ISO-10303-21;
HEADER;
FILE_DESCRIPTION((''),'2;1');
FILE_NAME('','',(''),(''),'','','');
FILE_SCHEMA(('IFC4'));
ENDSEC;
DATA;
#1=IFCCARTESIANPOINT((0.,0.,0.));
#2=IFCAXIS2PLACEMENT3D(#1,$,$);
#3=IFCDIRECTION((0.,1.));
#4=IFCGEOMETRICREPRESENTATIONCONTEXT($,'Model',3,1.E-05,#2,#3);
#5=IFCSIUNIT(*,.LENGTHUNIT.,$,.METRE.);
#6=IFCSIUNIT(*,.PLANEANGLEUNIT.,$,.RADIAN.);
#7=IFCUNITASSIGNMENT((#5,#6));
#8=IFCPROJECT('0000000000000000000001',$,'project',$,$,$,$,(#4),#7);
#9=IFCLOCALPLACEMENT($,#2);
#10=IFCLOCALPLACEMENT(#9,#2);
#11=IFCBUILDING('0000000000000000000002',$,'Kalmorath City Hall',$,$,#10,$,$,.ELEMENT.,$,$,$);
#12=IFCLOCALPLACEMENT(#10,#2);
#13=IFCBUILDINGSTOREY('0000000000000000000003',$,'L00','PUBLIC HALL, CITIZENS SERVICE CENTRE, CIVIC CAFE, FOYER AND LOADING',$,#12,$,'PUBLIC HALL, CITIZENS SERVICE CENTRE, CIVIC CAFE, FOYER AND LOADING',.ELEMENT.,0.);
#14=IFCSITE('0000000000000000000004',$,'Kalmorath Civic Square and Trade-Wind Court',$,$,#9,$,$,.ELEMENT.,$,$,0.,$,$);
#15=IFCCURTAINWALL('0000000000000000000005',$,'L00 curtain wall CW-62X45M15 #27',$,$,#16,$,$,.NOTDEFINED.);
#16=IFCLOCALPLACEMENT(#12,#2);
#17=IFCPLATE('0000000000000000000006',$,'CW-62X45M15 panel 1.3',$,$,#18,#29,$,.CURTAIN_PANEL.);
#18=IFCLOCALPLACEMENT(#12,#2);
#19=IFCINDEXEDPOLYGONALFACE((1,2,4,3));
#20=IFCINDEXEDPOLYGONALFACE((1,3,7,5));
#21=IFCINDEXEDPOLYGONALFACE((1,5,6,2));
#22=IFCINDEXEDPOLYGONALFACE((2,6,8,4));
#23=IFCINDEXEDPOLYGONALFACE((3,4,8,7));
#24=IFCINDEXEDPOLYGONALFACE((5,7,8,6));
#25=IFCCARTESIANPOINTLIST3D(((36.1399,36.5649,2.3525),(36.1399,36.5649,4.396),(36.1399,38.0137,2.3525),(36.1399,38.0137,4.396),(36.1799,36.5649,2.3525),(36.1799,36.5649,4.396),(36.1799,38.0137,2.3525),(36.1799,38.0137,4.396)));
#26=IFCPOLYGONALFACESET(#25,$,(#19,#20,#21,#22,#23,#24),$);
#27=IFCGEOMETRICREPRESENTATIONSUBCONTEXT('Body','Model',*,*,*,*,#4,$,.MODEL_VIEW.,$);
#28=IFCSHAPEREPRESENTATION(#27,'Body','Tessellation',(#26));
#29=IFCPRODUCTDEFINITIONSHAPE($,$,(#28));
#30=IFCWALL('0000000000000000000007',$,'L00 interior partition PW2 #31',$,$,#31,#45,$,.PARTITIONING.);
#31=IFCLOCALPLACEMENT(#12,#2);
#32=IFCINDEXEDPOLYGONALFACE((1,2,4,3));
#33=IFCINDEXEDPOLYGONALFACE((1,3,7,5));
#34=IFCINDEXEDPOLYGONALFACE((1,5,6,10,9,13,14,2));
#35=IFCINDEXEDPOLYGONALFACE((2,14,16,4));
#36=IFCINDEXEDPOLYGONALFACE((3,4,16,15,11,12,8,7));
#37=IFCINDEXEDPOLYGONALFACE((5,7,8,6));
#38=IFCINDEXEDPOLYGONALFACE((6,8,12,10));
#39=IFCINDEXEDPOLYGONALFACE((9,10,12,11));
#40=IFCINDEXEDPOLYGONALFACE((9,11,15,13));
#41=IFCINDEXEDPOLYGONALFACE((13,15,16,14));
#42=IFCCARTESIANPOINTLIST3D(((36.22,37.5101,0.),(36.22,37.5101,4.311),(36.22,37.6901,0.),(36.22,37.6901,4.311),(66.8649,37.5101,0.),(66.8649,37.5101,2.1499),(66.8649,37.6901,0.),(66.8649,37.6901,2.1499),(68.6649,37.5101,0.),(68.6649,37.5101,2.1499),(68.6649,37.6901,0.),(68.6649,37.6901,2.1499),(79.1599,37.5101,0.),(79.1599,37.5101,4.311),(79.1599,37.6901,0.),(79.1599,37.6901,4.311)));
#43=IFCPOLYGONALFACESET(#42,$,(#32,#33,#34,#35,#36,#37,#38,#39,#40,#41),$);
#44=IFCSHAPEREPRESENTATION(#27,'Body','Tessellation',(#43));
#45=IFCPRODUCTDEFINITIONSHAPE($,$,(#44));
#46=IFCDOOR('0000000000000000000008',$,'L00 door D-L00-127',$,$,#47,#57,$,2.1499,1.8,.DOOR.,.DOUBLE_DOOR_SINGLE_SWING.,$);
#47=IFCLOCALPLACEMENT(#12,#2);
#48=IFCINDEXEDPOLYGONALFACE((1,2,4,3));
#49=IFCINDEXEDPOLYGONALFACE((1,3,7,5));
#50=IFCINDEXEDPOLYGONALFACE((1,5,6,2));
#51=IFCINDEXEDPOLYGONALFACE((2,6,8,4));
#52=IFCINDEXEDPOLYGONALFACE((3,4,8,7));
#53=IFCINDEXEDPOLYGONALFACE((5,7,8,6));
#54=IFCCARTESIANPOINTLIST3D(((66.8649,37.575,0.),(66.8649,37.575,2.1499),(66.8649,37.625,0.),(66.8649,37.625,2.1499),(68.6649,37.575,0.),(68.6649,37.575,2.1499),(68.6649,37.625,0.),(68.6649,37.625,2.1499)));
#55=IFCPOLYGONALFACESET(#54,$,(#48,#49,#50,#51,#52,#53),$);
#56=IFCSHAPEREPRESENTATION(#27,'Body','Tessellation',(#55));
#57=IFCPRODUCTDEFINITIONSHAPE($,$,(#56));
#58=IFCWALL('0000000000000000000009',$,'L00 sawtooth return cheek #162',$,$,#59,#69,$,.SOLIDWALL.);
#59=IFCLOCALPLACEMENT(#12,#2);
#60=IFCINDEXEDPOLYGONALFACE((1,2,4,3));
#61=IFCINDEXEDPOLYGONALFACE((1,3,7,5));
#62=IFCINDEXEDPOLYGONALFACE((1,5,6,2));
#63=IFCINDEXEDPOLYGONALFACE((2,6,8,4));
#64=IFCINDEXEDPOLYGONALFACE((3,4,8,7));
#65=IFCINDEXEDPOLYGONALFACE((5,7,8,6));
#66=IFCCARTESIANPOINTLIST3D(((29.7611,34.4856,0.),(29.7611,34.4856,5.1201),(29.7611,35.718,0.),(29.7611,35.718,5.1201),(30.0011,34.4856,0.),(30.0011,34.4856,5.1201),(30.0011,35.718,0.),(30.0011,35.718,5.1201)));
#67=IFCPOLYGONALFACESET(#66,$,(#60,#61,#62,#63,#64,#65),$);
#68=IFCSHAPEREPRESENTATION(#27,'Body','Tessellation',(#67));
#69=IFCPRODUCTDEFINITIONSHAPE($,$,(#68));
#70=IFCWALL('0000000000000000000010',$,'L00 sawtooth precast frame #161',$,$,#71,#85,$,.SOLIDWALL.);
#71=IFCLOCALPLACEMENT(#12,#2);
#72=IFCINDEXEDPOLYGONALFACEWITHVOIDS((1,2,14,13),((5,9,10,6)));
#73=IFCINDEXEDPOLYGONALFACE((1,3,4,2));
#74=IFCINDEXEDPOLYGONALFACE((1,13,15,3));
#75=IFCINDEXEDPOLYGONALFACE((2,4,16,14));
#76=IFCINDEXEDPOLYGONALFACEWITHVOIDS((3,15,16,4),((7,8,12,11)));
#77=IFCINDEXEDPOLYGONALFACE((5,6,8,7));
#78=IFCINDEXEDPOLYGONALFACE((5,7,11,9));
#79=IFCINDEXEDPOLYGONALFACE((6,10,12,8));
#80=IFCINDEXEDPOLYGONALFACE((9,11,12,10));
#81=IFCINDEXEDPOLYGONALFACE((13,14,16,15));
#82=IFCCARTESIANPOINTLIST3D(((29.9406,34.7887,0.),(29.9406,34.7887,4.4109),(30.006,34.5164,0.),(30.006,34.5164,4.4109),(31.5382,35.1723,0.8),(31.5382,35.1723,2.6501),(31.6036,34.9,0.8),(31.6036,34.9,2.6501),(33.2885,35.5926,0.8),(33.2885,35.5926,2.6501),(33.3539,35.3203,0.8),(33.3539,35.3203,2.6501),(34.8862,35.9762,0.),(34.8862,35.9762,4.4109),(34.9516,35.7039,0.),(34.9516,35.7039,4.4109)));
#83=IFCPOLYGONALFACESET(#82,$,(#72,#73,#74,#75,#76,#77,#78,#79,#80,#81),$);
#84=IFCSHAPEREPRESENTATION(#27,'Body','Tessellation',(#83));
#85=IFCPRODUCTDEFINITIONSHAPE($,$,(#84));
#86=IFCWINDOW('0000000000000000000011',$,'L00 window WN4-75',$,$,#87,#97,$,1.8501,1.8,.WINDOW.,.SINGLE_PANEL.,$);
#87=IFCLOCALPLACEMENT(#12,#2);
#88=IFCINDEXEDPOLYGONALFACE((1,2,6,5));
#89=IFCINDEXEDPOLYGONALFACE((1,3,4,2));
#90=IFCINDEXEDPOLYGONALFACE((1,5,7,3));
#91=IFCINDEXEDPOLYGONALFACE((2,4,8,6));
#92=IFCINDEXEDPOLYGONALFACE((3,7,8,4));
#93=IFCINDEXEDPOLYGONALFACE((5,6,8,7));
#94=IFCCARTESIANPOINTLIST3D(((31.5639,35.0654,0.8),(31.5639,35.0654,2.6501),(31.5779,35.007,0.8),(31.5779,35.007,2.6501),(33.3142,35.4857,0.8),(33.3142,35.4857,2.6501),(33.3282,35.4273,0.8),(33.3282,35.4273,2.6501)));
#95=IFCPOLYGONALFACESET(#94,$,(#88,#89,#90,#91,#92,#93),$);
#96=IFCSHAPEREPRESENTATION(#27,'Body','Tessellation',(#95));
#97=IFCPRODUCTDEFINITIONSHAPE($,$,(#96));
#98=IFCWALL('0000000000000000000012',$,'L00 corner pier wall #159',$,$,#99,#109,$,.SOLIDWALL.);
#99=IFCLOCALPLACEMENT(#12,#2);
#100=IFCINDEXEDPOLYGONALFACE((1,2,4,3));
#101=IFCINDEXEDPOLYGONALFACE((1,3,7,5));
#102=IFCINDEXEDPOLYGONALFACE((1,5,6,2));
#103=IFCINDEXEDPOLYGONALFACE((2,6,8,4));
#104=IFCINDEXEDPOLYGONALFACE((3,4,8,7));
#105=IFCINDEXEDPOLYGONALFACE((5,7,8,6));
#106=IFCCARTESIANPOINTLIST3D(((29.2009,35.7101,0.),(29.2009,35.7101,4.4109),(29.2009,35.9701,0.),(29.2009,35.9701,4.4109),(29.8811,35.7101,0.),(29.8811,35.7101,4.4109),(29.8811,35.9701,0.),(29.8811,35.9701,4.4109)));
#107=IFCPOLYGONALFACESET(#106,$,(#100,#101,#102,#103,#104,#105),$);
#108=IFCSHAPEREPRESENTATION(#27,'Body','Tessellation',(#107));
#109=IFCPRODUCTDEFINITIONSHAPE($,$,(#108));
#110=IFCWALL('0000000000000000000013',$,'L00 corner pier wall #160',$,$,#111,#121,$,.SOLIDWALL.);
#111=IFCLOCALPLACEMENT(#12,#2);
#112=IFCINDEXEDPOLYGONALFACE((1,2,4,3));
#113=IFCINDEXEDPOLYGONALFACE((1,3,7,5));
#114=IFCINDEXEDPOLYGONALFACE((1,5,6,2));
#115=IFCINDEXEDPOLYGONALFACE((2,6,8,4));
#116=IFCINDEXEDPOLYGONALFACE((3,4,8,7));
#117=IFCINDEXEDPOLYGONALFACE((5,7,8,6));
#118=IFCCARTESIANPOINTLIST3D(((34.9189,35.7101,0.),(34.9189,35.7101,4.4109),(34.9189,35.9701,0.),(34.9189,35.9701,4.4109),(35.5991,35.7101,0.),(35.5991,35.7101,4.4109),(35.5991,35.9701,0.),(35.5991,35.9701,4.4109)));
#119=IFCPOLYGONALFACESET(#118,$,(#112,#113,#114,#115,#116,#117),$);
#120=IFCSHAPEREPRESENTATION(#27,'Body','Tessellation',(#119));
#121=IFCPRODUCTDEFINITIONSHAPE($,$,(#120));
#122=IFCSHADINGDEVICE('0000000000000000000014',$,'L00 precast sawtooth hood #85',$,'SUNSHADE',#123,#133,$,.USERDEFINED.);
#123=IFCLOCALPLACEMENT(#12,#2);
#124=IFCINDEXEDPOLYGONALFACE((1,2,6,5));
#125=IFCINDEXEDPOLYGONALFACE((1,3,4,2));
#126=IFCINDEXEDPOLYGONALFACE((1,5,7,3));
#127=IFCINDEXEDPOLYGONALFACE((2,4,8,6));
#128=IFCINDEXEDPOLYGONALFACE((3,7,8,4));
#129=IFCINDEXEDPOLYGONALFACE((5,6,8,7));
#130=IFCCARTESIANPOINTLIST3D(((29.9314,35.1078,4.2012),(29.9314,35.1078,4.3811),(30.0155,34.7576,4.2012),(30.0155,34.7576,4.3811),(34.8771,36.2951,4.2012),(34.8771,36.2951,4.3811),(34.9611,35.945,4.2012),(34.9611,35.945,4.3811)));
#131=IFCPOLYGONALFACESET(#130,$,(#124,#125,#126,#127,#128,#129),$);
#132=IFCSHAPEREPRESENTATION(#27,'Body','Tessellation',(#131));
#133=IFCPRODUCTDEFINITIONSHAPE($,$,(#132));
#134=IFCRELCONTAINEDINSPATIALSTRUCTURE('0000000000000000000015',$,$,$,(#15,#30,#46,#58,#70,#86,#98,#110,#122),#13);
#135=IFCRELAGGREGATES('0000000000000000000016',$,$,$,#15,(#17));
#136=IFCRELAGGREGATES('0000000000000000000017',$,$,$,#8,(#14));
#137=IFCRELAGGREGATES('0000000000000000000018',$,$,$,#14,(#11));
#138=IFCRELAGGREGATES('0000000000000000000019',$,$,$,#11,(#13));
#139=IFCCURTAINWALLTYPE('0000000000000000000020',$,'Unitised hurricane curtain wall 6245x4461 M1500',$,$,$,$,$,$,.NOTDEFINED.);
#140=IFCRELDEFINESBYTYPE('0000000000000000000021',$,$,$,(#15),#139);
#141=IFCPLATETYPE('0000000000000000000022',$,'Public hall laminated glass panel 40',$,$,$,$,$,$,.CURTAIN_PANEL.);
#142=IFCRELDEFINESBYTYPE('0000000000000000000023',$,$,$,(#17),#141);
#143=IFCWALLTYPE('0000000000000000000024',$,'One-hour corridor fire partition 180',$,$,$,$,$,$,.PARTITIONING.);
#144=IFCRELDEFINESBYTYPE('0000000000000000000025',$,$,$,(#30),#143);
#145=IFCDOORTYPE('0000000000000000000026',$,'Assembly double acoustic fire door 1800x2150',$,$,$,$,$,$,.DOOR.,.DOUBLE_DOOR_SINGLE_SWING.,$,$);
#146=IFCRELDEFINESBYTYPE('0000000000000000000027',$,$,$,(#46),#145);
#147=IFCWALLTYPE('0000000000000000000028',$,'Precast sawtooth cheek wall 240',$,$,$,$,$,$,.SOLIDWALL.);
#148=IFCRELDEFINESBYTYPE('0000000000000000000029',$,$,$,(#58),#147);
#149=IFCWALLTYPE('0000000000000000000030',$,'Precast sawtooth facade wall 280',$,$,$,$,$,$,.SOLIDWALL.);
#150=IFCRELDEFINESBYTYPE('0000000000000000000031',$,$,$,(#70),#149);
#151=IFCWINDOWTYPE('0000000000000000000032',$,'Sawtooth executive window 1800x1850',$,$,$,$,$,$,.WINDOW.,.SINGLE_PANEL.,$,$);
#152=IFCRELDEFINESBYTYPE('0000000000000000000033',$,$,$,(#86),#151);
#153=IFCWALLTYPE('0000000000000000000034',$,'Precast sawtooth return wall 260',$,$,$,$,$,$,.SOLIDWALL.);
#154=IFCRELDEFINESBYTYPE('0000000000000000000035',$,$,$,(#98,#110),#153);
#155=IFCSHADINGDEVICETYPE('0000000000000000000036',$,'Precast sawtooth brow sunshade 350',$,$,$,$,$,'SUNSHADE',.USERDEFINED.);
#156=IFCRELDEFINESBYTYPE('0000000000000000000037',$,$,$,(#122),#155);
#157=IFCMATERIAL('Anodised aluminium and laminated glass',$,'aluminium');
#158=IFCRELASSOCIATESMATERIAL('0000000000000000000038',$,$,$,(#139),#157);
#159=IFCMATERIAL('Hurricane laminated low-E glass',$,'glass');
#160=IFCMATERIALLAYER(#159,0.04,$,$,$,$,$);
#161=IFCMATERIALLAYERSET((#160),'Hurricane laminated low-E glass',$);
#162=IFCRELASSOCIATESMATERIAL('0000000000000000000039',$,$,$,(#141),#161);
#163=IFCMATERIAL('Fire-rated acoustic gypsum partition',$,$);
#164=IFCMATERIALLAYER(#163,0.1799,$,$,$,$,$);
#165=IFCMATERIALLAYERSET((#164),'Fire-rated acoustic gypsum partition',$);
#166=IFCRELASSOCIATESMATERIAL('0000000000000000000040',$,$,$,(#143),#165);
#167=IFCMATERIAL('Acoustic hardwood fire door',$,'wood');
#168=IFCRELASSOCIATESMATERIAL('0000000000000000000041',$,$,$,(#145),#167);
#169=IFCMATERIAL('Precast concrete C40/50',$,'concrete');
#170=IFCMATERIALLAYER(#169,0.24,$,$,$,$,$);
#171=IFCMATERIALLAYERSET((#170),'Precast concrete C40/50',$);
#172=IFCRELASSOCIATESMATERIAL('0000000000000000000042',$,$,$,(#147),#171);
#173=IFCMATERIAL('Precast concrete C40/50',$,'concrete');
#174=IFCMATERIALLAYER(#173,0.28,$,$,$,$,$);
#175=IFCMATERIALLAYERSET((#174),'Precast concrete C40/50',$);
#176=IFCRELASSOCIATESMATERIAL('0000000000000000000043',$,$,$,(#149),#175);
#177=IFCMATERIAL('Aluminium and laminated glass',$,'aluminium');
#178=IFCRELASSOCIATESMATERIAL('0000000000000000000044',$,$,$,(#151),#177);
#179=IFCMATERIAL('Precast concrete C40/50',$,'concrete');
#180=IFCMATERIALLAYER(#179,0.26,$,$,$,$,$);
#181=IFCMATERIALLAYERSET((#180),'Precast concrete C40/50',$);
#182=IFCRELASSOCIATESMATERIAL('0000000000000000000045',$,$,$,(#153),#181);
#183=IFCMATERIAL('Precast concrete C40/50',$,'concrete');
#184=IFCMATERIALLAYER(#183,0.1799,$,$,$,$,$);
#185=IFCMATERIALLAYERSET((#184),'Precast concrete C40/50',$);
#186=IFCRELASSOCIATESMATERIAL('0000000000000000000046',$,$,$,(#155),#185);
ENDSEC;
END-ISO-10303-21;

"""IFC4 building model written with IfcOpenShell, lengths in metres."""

from ifc_helpers import new_model, si_unit, direction, frame, frame_2d, origin, origin_2d, place, context, subcontext, project, spatial, rectangle, extrude, material, layer, layer_set, type_object, element, fill, aggregate, save


model = new_model("IFC4")

# Units and contexts
model_context = context("Model", 3, precision=1e-05, world=origin(), true_north=direction((0.0, 1.0)))
body_context = subcontext(model_context, "Body", "Model", "MODEL_VIEW")
ifc_project = project(units=[si_unit("LENGTHUNIT", "METRE"), si_unit("PLANEANGLEUNIT", "RADIAN")], contexts=[model_context])

# Site, building, storey
site_placement = place(None, origin())
site = spatial("IfcSite", under=ifc_project, at=site_placement, Name="Kalmorath Civic Square and Trade-Wind Court", CompositionType="ELEMENT", RefElevation=0.0)
building_placement = place(site_placement, origin())
building = spatial("IfcBuilding", under=site, at=building_placement, Name="Kalmorath City Hall", CompositionType="ELEMENT")
storey_placement = place(building_placement, origin())
storey = spatial("IfcBuildingStorey", under=building, at=storey_placement, Name="L00", Description="PUBLIC HALL, CITIZENS SERVICE CENTRE, CIVIC CAFE, FOYER AND LOADING", LongName="PUBLIC HALL, CITIZENS SERVICE CENTRE, CIVIC CAFE, FOYER AND LOADING", CompositionType="ELEMENT", Elevation=0.0)

# Curtain wall
ifc_material_1 = material(Name="Anodised aluminium and laminated glass", Category="aluminium")
curtain_wall_type = type_object("IfcCurtainWallType", Name="Unitised hurricane curtain wall 6245x4461 M1500", PredefinedType="NOTDEFINED", material=ifc_material_1)
curtain_wall_placement = place(storey_placement, origin())
curtain_wall = element("IfcCurtainWall", 1, at=curtain_wall_placement, inside=storey, type_object=curtain_wall_type, Name="L00 curtain wall CW-62X45M15 #27", PredefinedType="NOTDEFINED")

# Plate
ifc_material_2 = material(Name="Hurricane laminated low-E glass", Category="glass")
ifc_layer_1 = layer(ifc_material_2, 0.04)
ifc_layer_set_1 = layer_set([ifc_layer_1], Name="Hurricane laminated low-E glass")
plate_type = type_object("IfcPlateType", Name="Public hall laminated glass panel 40", PredefinedType="CURTAIN_PANEL", material=ifc_layer_set_1)
plate_1_placement = place(storey_placement, frame((36.1599, 37.2893, 2.3525), z_axis=(0.0, 0.0, 1.0), x_axis=(0.0, 1.0, 0.0)))
plate_1 = element("IfcPlate", 2, at=plate_1_placement, type_object=plate_type, Name="CW-62X45M15 panel 1.3", PredefinedType="CURTAIN_PANEL", context=body_context, shape_type="SweptSolid", body=[
    extrude(rectangle(XDim=1.4487, YDim=0.04, at=origin_2d()), origin(), (0.0, 0.0, 1.0), 2.0435),
])
aggregate(curtain_wall, [plate_1])

# Wall, opening, door
ifc_material_3 = material(Name="Fire-rated acoustic gypsum partition")
ifc_layer_2 = layer(ifc_material_3, 0.1799)
ifc_layer_set_2 = layer_set([ifc_layer_2], Name="Fire-rated acoustic gypsum partition")
wall_type_1 = type_object("IfcWallType", Name="One-hour corridor fire partition 180", PredefinedType="PARTITIONING", material=ifc_layer_set_2)
wall_1_placement = place(storey_placement, frame((36.22, 37.6001, 0.0), z_axis=(0.0, 0.0, 1.0), x_axis=(1.0, 0.0, 0.0)))
wall_1 = element("IfcWall", 3, at=wall_1_placement, inside=storey, type_object=wall_type_1, Name="L00 interior partition PW2 #31", PredefinedType="PARTITIONING", context=body_context, shape_type="SweptSolid", body=[
    extrude(rectangle(XDim=42.9399, YDim=0.1799, at=frame_2d((21.47, 0.0))), origin(), (0.0, 0.0, 1.0), 4.311),
])
opening_1_placement = place(wall_1_placement, frame((30.645, 0.0, 0.0)))
opening_1 = element("IfcOpeningElement", 4, at=opening_1_placement, cuts=wall_1, PredefinedType="OPENING", context=body_context, shape_type="SweptSolid", body=[
    extrude(rectangle(XDim=1.8, YDim=2.1499, at=frame_2d((0.8999, 1.075))), frame((0.0, 0.0999, 0.0), z_axis=(0.0, -1.0, 0.0), x_axis=(1.0, 0.0, 0.0)), (0.0, 0.0, 1.0), 0.2),
])
ifc_material_4 = material(Name="Acoustic hardwood fire door", Category="wood")
door_type = type_object("IfcDoorType", Name="Assembly double acoustic fire door 1800x2150", OperationType="DOUBLE_DOOR_SINGLE_SWING", PredefinedType="DOOR", material=ifc_material_4)
door_placement = place(opening_1_placement, origin())
door = element("IfcDoor", 5, at=door_placement, inside=storey, type_object=door_type, Name="L00 door D-L00-127", OperationType="DOUBLE_DOOR_SINGLE_SWING", OverallHeight=2.1499, OverallWidth=1.8, PredefinedType="DOOR", context=body_context, shape_type="SweptSolid", body=[
    extrude(rectangle(XDim=1.8, YDim=2.1499, at=frame_2d((0.8999, 1.075))), frame((0.0, 0.0249, 0.0), z_axis=(0.0, -1.0, 0.0), x_axis=(1.0, 0.0, 0.0)), (0.0, 0.0, 1.0), 0.05),
])
fill(opening_1, door)

# Wall
ifc_material_5 = material(Name="Precast concrete C40/50", Category="concrete")
ifc_layer_3 = layer(ifc_material_5, 0.24)
ifc_layer_set_3 = layer_set([ifc_layer_3], Name="Precast concrete C40/50")
wall_type_2 = type_object("IfcWallType", Name="Precast sawtooth cheek wall 240", PredefinedType="SOLIDWALL", material=ifc_layer_set_3)
wall_2_placement = place(storey_placement, frame((29.8811, 34.4856, 0.0), z_axis=(0.0, 0.0, 1.0), x_axis=(0.0, 1.0, 0.0)))
element("IfcWall", 6, at=wall_2_placement, inside=storey, type_object=wall_type_2, Name="L00 sawtooth return cheek #162", PredefinedType="SOLIDWALL", context=body_context, shape_type="SweptSolid", body=[
    extrude(rectangle(XDim=1.2324, YDim=0.24, at=frame_2d((0.6162, 0.0))), origin(), (0.0, 0.0, 1.0), 5.1201),
])

# Wall, opening, window
ifc_material_6 = material(Name="Precast concrete C40/50", Category="concrete")
ifc_layer_4 = layer(ifc_material_6, 0.28)
ifc_layer_set_4 = layer_set([ifc_layer_4], Name="Precast concrete C40/50")
wall_type_3 = type_object("IfcWallType", Name="Precast sawtooth facade wall 280", PredefinedType="SOLIDWALL", material=ifc_layer_set_4)
wall_3_placement = place(storey_placement, frame((29.9734, 34.6526, 0.0), z_axis=(0.0, 0.0, 1.0), x_axis=(0.972362, 0.233478, 0.0)))
wall_3 = element("IfcWall", 7, at=wall_3_placement, inside=storey, type_object=wall_type_3, Name="L00 sawtooth precast frame #161", PredefinedType="SOLIDWALL", context=body_context, shape_type="SweptSolid", body=[
    extrude(rectangle(XDim=5.0862, YDim=0.28, at=frame_2d((2.543, 0.0))), origin(), (0.0, 0.0, 1.0), 4.4109),
])
opening_2_placement = place(wall_3_placement, frame((1.6431, 0.0, 0.8)))
opening_2 = element("IfcOpeningElement", 8, at=opening_2_placement, cuts=wall_3, PredefinedType="OPENING", context=body_context, shape_type="SweptSolid", body=[
    extrude(rectangle(XDim=1.8, YDim=1.8501, at=frame_2d((0.8999, 0.925))), frame((0.0, 0.1499, 0.0), z_axis=(0.0, -1.0, 0.0), x_axis=(1.0, 0.0, 0.0)), (0.0, 0.0, 1.0), 0.3),
])
ifc_material_7 = material(Name="Aluminium and laminated glass", Category="aluminium")
window_type = type_object("IfcWindowType", Name="Sawtooth executive window 1800x1850", PartitioningType="SINGLE_PANEL", PredefinedType="WINDOW", material=ifc_material_7)
window_placement = place(opening_2_placement, origin())
window = element("IfcWindow", 9, at=window_placement, inside=storey, type_object=window_type, Name="L00 window WN4-75", OverallHeight=1.8501, OverallWidth=1.8, PartitioningType="SINGLE_PANEL", PredefinedType="WINDOW", context=body_context, shape_type="SweptSolid", body=[
    extrude(rectangle(XDim=1.8, YDim=1.8501, at=frame_2d((0.8999, 0.925))), frame((0.0, 0.03, 0.0), z_axis=(0.0, -1.0, 0.0), x_axis=(1.0, 0.0, 0.0)), (0.0, 0.0, 1.0), 0.0601),
])
fill(opening_2, window)

# Walls
ifc_material_8 = material(Name="Precast concrete C40/50", Category="concrete")
ifc_layer_5 = layer(ifc_material_8, 0.26)
ifc_layer_set_5 = layer_set([ifc_layer_5], Name="Precast concrete C40/50")
wall_type_4 = type_object("IfcWallType", Name="Precast sawtooth return wall 260", PredefinedType="SOLIDWALL", material=ifc_layer_set_5)
for number, where, z_axis, x_axis, name in (
    (10, (29.2009, 35.8401, 0.0), (0.0, 0.0, 1.0), (1.0, 0.0, 0.0), "L00 corner pier wall #159"),
    (11, (34.9189, 35.8401, 0.0), (0.0, 0.0, 1.0), (1.0, 0.0, 0.0), "L00 corner pier wall #160"),
):
    element("IfcWall", number, at=place(storey_placement, frame(where, z_axis=z_axis, x_axis=x_axis)), inside=storey, type_object=wall_type_4, Name=name, PredefinedType="SOLIDWALL", context=body_context, shape_type="SweptSolid", body=[
        extrude(rectangle(XDim=0.6802, YDim=0.26, at=frame_2d((0.3401, 0.0))), origin(), (0.0, 0.0, 1.0), 4.4109),
    ])

# Shading device
ifc_material_9 = material(Name="Precast concrete C40/50", Category="concrete")
ifc_layer_6 = layer(ifc_material_9, 0.1799)
ifc_layer_set_6 = layer_set([ifc_layer_6], Name="Precast concrete C40/50")
shading_device_type = type_object("IfcShadingDeviceType", Name="Precast sawtooth brow sunshade 350", ElementType="SUNSHADE", PredefinedType="USERDEFINED", material=ifc_layer_set_6)
shading_device_placement = place(storey_placement, frame((32.4463, 35.5264, 4.2012), z_axis=(0.0, 0.0, 1.0), x_axis=(0.97237, 0.233445, 0.0)))
element("IfcShadingDevice", 12, at=shading_device_placement, inside=storey, type_object=shading_device_type, Name="L00 precast sawtooth hood #85", ObjectType="SUNSHADE", PredefinedType="USERDEFINED", context=body_context, shape_type="SweptSolid", body=[
    extrude(rectangle(XDim=5.0862, YDim=0.3601, at=origin_2d()), origin(), (0.0, 0.0, 1.0), 0.1799),
])

save(model, "model.ifc")
